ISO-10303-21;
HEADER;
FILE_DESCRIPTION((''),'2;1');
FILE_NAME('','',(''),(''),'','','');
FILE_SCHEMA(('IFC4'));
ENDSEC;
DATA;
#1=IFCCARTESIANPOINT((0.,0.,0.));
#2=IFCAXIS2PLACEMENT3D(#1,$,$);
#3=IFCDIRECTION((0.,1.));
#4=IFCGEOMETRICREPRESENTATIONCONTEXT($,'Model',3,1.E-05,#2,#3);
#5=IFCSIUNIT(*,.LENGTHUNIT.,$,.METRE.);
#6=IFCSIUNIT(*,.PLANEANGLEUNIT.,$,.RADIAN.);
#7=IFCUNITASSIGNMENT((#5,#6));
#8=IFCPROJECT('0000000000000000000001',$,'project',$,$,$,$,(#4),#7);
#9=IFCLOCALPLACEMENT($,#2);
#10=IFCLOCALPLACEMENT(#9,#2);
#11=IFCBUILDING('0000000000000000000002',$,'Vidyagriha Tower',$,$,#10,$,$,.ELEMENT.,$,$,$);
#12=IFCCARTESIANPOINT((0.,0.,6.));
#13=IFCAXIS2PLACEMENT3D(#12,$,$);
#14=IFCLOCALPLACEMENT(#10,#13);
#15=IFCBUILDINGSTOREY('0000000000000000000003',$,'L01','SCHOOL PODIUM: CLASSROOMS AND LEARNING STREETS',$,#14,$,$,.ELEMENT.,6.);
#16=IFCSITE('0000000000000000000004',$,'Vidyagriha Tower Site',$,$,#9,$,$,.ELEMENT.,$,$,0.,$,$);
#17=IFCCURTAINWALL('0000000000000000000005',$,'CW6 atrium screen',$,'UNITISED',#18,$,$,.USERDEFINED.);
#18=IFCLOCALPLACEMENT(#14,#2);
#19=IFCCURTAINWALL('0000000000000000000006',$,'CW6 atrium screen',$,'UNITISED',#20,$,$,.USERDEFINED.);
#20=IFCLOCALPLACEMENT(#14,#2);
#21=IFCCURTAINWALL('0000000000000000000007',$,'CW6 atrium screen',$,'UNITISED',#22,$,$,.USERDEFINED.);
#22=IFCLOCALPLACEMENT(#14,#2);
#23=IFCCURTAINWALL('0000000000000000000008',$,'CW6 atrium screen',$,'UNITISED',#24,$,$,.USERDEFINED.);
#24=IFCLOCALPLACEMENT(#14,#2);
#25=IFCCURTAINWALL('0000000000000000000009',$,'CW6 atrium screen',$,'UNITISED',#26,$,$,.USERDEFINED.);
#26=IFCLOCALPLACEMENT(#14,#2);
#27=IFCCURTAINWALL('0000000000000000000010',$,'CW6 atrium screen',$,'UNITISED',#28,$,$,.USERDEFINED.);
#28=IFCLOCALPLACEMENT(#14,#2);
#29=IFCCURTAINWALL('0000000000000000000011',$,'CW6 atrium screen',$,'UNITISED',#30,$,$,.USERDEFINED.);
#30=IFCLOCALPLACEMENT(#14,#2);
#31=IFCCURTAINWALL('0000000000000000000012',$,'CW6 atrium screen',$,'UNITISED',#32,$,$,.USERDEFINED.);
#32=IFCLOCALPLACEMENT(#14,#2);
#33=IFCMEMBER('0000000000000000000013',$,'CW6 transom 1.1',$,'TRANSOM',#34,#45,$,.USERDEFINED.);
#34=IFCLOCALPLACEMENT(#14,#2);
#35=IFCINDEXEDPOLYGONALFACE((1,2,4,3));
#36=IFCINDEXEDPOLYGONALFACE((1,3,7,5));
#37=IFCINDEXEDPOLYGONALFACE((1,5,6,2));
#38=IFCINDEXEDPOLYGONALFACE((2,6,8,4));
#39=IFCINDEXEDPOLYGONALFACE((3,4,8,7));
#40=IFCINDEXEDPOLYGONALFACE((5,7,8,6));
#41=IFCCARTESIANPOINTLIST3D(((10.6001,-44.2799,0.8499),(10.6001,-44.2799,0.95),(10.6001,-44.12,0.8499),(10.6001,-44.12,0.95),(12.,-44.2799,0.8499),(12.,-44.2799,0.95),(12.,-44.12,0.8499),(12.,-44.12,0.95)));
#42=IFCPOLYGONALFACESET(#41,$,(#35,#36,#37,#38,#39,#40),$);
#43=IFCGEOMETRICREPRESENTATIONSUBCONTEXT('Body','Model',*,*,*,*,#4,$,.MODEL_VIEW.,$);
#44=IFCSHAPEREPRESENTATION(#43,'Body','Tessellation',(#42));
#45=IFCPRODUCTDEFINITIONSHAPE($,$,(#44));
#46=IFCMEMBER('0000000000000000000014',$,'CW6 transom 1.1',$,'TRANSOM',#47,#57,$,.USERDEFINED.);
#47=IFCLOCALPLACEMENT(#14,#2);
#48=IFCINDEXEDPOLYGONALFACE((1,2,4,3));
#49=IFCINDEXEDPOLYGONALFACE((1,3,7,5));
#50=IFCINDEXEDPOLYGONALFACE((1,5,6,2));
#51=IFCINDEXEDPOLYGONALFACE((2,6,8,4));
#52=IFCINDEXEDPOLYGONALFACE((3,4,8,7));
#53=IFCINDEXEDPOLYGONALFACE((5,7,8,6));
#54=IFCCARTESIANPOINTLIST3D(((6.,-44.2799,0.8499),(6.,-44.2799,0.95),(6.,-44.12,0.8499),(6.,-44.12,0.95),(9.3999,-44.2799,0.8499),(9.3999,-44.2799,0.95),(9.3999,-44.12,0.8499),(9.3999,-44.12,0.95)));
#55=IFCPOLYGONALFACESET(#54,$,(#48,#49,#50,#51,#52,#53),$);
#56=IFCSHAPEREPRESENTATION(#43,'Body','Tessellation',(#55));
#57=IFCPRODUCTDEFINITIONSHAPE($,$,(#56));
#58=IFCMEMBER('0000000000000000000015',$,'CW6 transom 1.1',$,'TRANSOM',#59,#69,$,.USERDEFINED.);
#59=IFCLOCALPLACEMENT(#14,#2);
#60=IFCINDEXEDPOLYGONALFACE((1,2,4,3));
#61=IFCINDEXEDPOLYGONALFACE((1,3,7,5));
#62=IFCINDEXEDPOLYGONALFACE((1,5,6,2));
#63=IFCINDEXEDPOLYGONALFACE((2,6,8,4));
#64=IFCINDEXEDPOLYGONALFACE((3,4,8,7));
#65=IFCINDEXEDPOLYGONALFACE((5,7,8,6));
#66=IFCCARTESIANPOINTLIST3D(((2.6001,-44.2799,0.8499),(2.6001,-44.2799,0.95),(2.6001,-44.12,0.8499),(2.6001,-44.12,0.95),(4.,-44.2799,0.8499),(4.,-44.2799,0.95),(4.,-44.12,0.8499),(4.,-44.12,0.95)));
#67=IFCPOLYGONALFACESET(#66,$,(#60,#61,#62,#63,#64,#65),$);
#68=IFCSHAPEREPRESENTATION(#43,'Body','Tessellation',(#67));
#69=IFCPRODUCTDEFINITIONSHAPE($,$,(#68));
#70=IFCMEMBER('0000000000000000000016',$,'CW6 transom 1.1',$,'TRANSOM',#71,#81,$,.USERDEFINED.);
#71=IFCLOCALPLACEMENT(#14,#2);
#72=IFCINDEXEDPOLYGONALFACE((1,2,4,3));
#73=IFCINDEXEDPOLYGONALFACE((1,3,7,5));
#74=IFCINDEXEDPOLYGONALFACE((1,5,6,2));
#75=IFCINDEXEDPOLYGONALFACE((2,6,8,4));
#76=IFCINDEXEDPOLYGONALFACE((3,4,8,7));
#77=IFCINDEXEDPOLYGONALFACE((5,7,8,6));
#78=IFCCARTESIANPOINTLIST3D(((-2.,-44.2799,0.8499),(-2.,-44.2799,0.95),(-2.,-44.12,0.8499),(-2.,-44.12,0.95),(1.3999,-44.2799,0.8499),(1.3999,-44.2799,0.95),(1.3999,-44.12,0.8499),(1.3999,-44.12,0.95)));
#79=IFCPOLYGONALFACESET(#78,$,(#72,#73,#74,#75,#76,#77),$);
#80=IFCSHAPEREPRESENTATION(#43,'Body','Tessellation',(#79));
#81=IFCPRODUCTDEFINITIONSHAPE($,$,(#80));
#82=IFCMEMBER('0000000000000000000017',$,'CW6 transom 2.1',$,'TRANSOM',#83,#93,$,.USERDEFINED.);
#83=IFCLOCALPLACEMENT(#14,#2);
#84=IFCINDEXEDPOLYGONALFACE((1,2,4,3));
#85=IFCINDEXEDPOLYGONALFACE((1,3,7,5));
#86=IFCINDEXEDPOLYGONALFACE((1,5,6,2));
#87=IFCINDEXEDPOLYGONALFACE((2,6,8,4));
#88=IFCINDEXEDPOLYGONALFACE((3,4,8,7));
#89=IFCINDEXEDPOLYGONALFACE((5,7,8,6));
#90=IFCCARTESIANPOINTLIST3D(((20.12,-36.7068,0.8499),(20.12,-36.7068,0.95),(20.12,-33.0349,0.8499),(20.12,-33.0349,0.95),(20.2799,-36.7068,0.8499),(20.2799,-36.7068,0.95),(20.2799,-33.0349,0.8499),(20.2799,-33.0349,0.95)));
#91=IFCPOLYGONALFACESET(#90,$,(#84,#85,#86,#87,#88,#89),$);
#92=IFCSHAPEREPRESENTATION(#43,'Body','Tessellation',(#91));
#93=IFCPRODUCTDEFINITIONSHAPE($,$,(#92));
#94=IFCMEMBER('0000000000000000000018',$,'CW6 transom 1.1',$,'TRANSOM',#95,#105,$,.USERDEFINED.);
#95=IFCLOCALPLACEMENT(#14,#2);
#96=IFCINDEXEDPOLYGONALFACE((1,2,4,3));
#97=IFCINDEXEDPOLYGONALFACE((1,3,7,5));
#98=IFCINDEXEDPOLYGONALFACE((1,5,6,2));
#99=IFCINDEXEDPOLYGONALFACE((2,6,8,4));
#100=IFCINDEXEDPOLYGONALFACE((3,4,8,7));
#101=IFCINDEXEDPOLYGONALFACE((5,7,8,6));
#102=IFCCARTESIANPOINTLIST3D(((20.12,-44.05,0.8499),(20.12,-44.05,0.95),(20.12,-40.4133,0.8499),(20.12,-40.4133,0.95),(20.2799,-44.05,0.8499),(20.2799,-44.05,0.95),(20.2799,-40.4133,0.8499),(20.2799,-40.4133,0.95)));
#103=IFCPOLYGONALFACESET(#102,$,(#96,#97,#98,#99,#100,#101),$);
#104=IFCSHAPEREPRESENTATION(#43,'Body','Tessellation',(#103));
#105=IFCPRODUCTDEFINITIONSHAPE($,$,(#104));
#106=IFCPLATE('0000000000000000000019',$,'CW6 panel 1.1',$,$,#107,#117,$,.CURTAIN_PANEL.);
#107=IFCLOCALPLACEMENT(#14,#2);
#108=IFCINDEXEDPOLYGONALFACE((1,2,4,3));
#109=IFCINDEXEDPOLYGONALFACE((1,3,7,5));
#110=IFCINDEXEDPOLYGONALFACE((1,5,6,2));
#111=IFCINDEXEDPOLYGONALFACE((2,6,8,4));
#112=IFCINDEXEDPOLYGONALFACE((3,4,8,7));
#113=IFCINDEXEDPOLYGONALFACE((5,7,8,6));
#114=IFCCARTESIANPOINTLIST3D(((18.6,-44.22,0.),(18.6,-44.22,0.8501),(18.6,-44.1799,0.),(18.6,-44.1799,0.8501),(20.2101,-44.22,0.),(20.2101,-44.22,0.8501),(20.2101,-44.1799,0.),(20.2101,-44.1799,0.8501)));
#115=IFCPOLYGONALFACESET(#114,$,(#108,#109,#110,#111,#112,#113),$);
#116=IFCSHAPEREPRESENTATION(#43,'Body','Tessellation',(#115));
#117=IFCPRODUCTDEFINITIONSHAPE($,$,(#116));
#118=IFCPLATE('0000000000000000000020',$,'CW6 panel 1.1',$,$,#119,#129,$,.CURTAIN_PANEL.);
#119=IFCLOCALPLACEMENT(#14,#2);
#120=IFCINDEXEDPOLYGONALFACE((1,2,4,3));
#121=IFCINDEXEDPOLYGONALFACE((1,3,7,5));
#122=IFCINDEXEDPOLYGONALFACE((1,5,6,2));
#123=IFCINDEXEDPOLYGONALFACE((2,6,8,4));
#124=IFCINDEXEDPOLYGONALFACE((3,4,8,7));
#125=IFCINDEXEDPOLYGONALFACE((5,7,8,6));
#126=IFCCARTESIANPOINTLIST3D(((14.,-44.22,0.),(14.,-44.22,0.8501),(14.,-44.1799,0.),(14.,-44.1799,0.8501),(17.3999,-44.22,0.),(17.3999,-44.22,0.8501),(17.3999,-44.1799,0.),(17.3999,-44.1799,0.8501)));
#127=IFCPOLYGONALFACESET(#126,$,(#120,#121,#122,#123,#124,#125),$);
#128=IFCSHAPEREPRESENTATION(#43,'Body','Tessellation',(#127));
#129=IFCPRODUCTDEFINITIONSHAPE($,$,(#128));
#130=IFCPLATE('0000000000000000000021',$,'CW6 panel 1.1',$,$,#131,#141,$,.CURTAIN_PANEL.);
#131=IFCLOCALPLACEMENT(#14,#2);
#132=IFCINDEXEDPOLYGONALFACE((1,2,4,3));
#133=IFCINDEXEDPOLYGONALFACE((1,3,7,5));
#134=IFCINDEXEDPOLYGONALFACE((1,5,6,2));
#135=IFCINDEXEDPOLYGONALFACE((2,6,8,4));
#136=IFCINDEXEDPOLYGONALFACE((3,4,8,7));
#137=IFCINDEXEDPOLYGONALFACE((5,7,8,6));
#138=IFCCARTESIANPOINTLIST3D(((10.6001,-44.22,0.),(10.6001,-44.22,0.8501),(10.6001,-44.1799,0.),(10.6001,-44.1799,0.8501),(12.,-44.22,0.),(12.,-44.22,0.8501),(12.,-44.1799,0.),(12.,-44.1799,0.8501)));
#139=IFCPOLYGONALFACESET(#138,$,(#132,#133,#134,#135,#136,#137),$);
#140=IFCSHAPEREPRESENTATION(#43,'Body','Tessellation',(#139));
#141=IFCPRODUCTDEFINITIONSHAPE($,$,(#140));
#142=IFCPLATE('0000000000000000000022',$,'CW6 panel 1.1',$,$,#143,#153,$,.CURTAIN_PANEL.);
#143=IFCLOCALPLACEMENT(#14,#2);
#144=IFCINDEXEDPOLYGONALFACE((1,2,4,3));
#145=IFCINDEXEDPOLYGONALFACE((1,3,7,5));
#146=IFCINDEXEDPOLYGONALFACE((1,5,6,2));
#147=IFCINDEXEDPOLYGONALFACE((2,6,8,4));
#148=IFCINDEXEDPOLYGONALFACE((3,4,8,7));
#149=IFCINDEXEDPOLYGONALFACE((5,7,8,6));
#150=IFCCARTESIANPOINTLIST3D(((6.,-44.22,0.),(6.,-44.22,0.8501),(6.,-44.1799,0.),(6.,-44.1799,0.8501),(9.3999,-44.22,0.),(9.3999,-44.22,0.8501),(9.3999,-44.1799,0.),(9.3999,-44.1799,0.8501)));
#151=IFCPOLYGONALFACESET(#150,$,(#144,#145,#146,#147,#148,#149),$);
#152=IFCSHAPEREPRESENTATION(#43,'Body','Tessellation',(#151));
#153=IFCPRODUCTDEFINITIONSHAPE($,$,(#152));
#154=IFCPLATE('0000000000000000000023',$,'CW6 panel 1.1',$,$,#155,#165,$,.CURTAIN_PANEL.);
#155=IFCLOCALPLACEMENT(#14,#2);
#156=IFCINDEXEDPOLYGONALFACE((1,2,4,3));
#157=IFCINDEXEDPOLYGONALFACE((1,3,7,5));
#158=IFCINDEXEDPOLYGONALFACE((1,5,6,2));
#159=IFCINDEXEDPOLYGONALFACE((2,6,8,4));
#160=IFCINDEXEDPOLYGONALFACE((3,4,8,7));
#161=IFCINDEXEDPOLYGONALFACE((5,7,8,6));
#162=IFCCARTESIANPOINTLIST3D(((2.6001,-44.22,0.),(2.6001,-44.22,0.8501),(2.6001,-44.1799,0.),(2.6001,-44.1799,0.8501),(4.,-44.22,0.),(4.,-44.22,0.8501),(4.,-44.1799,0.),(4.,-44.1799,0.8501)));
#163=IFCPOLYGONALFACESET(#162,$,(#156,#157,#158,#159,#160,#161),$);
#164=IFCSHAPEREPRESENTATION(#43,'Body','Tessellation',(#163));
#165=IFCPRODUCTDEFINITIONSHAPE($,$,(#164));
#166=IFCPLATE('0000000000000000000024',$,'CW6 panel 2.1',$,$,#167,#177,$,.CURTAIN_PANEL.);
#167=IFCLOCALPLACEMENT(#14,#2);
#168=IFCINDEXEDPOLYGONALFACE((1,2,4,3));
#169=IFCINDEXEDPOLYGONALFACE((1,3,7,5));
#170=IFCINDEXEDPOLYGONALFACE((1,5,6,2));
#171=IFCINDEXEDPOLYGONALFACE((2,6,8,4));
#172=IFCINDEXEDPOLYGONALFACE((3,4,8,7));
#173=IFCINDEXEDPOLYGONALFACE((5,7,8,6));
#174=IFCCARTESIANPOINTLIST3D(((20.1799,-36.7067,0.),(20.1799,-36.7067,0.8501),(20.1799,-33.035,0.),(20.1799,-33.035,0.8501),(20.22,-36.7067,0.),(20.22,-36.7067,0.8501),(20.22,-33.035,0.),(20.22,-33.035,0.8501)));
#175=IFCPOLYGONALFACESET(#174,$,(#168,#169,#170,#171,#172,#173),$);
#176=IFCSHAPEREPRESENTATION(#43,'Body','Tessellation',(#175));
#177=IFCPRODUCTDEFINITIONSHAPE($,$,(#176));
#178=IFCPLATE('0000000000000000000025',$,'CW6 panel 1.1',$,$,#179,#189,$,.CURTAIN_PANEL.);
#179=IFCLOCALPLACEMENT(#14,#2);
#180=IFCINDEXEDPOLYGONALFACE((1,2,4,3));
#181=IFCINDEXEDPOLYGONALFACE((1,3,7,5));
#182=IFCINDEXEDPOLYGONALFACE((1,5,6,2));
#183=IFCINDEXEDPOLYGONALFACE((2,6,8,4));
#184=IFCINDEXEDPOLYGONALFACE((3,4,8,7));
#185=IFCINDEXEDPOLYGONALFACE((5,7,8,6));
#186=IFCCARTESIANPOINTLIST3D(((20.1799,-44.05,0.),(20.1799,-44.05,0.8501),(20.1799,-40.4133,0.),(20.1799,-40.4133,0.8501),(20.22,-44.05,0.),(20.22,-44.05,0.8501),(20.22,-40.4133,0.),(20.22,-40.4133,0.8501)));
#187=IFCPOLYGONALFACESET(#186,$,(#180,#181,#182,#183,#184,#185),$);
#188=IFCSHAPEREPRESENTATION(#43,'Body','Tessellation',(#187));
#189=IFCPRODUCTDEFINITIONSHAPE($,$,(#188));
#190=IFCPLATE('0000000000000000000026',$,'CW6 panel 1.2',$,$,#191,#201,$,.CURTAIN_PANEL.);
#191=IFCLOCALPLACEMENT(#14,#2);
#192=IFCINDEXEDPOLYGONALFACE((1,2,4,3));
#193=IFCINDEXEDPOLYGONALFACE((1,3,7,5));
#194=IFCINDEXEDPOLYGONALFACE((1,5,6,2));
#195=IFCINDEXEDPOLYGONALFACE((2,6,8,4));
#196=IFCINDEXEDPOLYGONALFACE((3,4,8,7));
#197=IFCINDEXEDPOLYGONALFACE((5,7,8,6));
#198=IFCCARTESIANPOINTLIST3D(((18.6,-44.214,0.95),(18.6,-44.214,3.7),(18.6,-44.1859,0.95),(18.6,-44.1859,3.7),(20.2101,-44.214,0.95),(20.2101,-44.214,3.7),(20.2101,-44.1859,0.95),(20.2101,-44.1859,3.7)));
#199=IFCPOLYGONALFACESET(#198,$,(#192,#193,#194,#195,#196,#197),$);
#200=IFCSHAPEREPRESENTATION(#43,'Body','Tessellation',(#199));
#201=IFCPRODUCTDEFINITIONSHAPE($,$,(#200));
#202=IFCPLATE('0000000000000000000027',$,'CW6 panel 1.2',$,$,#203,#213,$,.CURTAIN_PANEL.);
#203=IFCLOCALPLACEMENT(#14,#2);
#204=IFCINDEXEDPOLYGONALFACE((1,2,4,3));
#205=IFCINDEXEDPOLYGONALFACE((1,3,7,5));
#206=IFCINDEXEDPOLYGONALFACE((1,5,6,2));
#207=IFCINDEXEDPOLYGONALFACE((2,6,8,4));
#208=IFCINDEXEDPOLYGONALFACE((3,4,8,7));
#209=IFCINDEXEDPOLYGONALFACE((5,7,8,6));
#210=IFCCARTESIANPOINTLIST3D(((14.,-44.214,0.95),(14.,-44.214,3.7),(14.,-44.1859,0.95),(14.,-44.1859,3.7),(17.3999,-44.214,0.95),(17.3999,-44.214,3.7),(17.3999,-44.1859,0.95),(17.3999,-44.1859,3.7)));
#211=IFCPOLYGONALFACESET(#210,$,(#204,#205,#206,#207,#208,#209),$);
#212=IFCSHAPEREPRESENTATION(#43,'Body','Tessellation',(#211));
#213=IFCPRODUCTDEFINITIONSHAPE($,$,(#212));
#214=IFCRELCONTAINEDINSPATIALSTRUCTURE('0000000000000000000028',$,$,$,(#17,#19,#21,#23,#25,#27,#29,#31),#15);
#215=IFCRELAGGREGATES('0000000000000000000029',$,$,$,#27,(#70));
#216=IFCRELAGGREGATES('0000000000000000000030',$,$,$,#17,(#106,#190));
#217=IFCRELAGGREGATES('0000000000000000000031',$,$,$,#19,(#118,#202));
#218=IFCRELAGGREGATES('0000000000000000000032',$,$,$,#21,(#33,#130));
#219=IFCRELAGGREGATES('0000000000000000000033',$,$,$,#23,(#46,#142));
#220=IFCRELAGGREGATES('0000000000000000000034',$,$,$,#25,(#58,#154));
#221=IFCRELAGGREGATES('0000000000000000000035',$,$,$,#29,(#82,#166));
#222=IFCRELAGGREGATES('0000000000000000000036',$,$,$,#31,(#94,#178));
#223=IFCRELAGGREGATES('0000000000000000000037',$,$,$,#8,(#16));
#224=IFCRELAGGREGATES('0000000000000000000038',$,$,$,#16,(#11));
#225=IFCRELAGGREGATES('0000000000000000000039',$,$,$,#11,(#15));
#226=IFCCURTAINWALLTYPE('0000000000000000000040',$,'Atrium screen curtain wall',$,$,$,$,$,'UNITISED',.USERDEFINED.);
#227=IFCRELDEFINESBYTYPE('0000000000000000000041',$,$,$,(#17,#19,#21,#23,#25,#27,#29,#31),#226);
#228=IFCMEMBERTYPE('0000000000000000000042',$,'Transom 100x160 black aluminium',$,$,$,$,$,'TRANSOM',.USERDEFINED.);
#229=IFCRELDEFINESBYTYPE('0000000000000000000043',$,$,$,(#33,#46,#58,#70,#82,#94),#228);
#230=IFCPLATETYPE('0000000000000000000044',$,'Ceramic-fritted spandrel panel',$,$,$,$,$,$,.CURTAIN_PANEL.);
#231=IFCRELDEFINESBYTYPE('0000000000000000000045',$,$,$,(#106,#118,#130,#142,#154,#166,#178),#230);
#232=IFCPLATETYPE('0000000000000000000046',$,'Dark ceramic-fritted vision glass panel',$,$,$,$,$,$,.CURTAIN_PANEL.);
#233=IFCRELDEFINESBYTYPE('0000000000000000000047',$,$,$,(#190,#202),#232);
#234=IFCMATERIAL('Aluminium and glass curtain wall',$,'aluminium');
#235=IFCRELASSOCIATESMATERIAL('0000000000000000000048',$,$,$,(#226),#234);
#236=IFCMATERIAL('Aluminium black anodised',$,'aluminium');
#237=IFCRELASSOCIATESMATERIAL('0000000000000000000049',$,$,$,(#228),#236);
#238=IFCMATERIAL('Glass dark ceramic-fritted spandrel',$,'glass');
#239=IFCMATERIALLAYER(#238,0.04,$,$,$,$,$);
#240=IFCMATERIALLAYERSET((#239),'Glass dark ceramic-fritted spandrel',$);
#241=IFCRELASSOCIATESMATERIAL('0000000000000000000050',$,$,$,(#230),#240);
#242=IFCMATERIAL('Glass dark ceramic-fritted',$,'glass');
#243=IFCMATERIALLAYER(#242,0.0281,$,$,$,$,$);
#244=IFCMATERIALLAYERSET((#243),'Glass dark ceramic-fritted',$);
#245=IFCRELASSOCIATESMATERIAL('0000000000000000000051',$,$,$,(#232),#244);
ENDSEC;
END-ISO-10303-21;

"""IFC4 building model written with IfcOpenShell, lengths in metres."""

from ifc_helpers import new_model, si_unit, direction, frame, origin, origin_2d, place, context, subcontext, project, spatial, rectangle, extrude, material, layer, layer_set, material_profile, profile_set, type_object, element, aggregate, save


model = new_model("IFC4")

# Units and contexts
model_context = context("Model", 3, precision=1e-05, world=origin(), true_north=direction((0.0, 1.0)))
body_context = subcontext(model_context, "Body", "Model", "MODEL_VIEW")
ifc_project = project(units=[si_unit("LENGTHUNIT", "METRE"), si_unit("PLANEANGLEUNIT", "RADIAN")], contexts=[model_context])

# Site, building, storey
site_placement = place(None, origin())
site = spatial("IfcSite", under=ifc_project, at=site_placement, Name="Vidyagriha Tower Site", CompositionType="ELEMENT", RefElevation=0.0)
building_placement = place(site_placement, origin())
building = spatial("IfcBuilding", under=site, at=building_placement, Name="Vidyagriha Tower", CompositionType="ELEMENT")
storey_placement = place(building_placement, frame((0.0, 0.0, 6.0)))
storey = spatial("IfcBuildingStorey", under=building, at=storey_placement, Name="L01", Description="SCHOOL PODIUM: CLASSROOMS AND LEARNING STREETS", CompositionType="ELEMENT", Elevation=6.0)

# Curtain walls
ifc_material_1 = material(Name="Aluminium and glass curtain wall", Category="aluminium")
curtain_wall_type = type_object("IfcCurtainWallType", Name="Atrium screen curtain wall", ElementType="UNITISED", PredefinedType="USERDEFINED", material=ifc_material_1)
curtain_wall_1_placement = place(storey_placement, origin())
curtain_wall_1 = element("IfcCurtainWall", 1, at=curtain_wall_1_placement, inside=storey, type_object=curtain_wall_type, Name="CW6 atrium screen", ObjectType="UNITISED", PredefinedType="USERDEFINED")
curtain_wall_2_placement = place(storey_placement, origin())
curtain_wall_2 = element("IfcCurtainWall", 2, at=curtain_wall_2_placement, inside=storey, type_object=curtain_wall_type, Name="CW6 atrium screen", ObjectType="UNITISED", PredefinedType="USERDEFINED")
curtain_wall_3_placement = place(storey_placement, origin())
curtain_wall_3 = element("IfcCurtainWall", 3, at=curtain_wall_3_placement, inside=storey, type_object=curtain_wall_type, Name="CW6 atrium screen", ObjectType="UNITISED", PredefinedType="USERDEFINED")
curtain_wall_4_placement = place(storey_placement, origin())
curtain_wall_4 = element("IfcCurtainWall", 4, at=curtain_wall_4_placement, inside=storey, type_object=curtain_wall_type, Name="CW6 atrium screen", ObjectType="UNITISED", PredefinedType="USERDEFINED")
curtain_wall_5_placement = place(storey_placement, origin())
curtain_wall_5 = element("IfcCurtainWall", 5, at=curtain_wall_5_placement, inside=storey, type_object=curtain_wall_type, Name="CW6 atrium screen", ObjectType="UNITISED", PredefinedType="USERDEFINED")
curtain_wall_6_placement = place(storey_placement, origin())
curtain_wall_6 = element("IfcCurtainWall", 6, at=curtain_wall_6_placement, inside=storey, type_object=curtain_wall_type, Name="CW6 atrium screen", ObjectType="UNITISED", PredefinedType="USERDEFINED")
curtain_wall_7_placement = place(storey_placement, origin())
curtain_wall_7 = element("IfcCurtainWall", 7, at=curtain_wall_7_placement, inside=storey, type_object=curtain_wall_type, Name="CW6 atrium screen", ObjectType="UNITISED", PredefinedType="USERDEFINED")
curtain_wall_8_placement = place(storey_placement, origin())
curtain_wall_8 = element("IfcCurtainWall", 8, at=curtain_wall_8_placement, inside=storey, type_object=curtain_wall_type, Name="CW6 atrium screen", ObjectType="UNITISED", PredefinedType="USERDEFINED")

# Members
ifc_material_2 = material(Name="Aluminium black anodised", Category="aluminium")
ifc_material_profile_1 = material_profile(ifc_material_2, rectangle(XDim=0.1599, YDim=0.1001, at=origin_2d()), Name="Transom 100x160 black aluminium")
ifc_profile_set_1 = profile_set([ifc_material_profile_1], Name="Aluminium black anodised")
member_type_1 = type_object("IfcMemberType", Name="Transom 100x160 black aluminium", ElementType="TRANSOM", PredefinedType="USERDEFINED", material=ifc_profile_set_1)
member_1_placement = place(storey_placement, frame((12.0, -44.2, 0.8999), z_axis=(-1.0, 0.0, 0.0), x_axis=(0.0, -1.0, 0.0)))
member_1 = element("IfcMember", 9, at=member_1_placement, type_object=member_type_1, Name="CW6 transom 1.1", ObjectType="TRANSOM", PredefinedType="USERDEFINED", context=body_context, shape_type="SweptSolid", body=[
    extrude(rectangle(XDim=0.1599, YDim=0.1001, at=origin_2d()), origin(), (0.0, 0.0, 1.0), 1.3999),
])
member_2_placement = place(storey_placement, frame((9.3999, -44.2, 0.8999), z_axis=(-1.0, 0.0, 0.0), x_axis=(0.0, -1.0, 0.0)))
member_2 = element("IfcMember", 10, at=member_2_placement, type_object=member_type_1, Name="CW6 transom 1.1", ObjectType="TRANSOM", PredefinedType="USERDEFINED", context=body_context, shape_type="SweptSolid", body=[
    extrude(rectangle(XDim=0.1599, YDim=0.1001, at=origin_2d()), origin(), (0.0, 0.0, 1.0), 3.3999),
])
member_3_placement = place(storey_placement, frame((4.0, -44.2, 0.8999), z_axis=(-1.0, 0.0, 0.0), x_axis=(0.0, -1.0, 0.0)))
member_3 = element("IfcMember", 11, at=member_3_placement, type_object=member_type_1, Name="CW6 transom 1.1", ObjectType="TRANSOM", PredefinedType="USERDEFINED", context=body_context, shape_type="SweptSolid", body=[
    extrude(rectangle(XDim=0.1599, YDim=0.1001, at=origin_2d()), origin(), (0.0, 0.0, 1.0), 1.3999),
])
member_4_placement = place(storey_placement, frame((1.3999, -44.2, 0.8999), z_axis=(-1.0, 0.0, 0.0), x_axis=(0.0, -1.0, 0.0)))
member_4 = element("IfcMember", 12, at=member_4_placement, type_object=member_type_1, Name="CW6 transom 1.1", ObjectType="TRANSOM", PredefinedType="USERDEFINED", context=body_context, shape_type="SweptSolid", body=[
    extrude(rectangle(XDim=0.1599, YDim=0.1001, at=origin_2d()), origin(), (0.0, 0.0, 1.0), 3.3999),
])
aggregate(curtain_wall_6, [member_4])
member_5_placement = place(storey_placement, frame((20.2, -33.0349, 0.8999), z_axis=(0.0, -1.0, 0.0), x_axis=(1.0, 0.0, 0.0)))
member_5 = element("IfcMember", 13, at=member_5_placement, type_object=member_type_1, Name="CW6 transom 2.1", ObjectType="TRANSOM", PredefinedType="USERDEFINED", context=body_context, shape_type="SweptSolid", body=[
    extrude(rectangle(XDim=0.1599, YDim=0.1001, at=origin_2d()), origin(), (0.0, 0.0, 1.0), 3.6719),
])
member_6_placement = place(storey_placement, frame((20.2, -40.4133, 0.8999), z_axis=(0.0, -1.0, 0.0), x_axis=(1.0, 0.0, 0.0)))
member_6 = element("IfcMember", 14, at=member_6_placement, type_object=member_type_1, Name="CW6 transom 1.1", ObjectType="TRANSOM", PredefinedType="USERDEFINED", context=body_context, shape_type="SweptSolid", body=[
    extrude(rectangle(XDim=0.1599, YDim=0.1001, at=origin_2d()), origin(), (0.0, 0.0, 1.0), 3.6367),
])

# Plates
ifc_material_3 = material(Name="Glass dark ceramic-fritted spandrel", Category="glass")
ifc_layer_1 = layer(ifc_material_3, 0.04)
ifc_layer_set_1 = layer_set([ifc_layer_1], Name="Glass dark ceramic-fritted spandrel")
plate_type_1 = type_object("IfcPlateType", Name="Ceramic-fritted spandrel panel", PredefinedType="CURTAIN_PANEL", material=ifc_layer_set_1)
plate_1_placement = place(storey_placement, frame((19.405, -44.2, 0.0), z_axis=(0.0, 0.0, 1.0), x_axis=(-1.0, 0.0, 0.0)))
plate_1 = element("IfcPlate", 15, at=plate_1_placement, type_object=plate_type_1, Name="CW6 panel 1.1", PredefinedType="CURTAIN_PANEL", context=body_context, shape_type="SweptSolid", body=[
    extrude(rectangle(XDim=1.6101, YDim=0.04, at=origin_2d()), origin(), (0.0, 0.0, 1.0), 0.8501),
])
plate_2_placement = place(storey_placement, frame((15.7, -44.2, 0.0), z_axis=(0.0, 0.0, 1.0), x_axis=(-1.0, 0.0, 0.0)))
plate_2 = element("IfcPlate", 16, at=plate_2_placement, type_object=plate_type_1, Name="CW6 panel 1.1", PredefinedType="CURTAIN_PANEL", context=body_context, shape_type="SweptSolid", body=[
    extrude(rectangle(XDim=3.3999, YDim=0.04, at=origin_2d()), origin(), (0.0, 0.0, 1.0), 0.8501),
])
plate_3_placement = place(storey_placement, frame((11.3, -44.2, 0.0), z_axis=(0.0, 0.0, 1.0), x_axis=(-1.0, 0.0, 0.0)))
plate_3 = element("IfcPlate", 17, at=plate_3_placement, type_object=plate_type_1, Name="CW6 panel 1.1", PredefinedType="CURTAIN_PANEL", context=body_context, shape_type="SweptSolid", body=[
    extrude(rectangle(XDim=1.3999, YDim=0.04, at=origin_2d()), origin(), (0.0, 0.0, 1.0), 0.8501),
])
plate_4_placement = place(storey_placement, frame((7.7, -44.2, 0.0), z_axis=(0.0, 0.0, 1.0), x_axis=(-1.0, 0.0, 0.0)))
plate_4 = element("IfcPlate", 18, at=plate_4_placement, type_object=plate_type_1, Name="CW6 panel 1.1", PredefinedType="CURTAIN_PANEL", context=body_context, shape_type="SweptSolid", body=[
    extrude(rectangle(XDim=3.3999, YDim=0.04, at=origin_2d()), origin(), (0.0, 0.0, 1.0), 0.8501),
])
plate_5_placement = place(storey_placement, frame((3.3, -44.2, 0.0), z_axis=(0.0, 0.0, 1.0), x_axis=(-1.0, 0.0, 0.0)))
plate_5 = element("IfcPlate", 19, at=plate_5_placement, type_object=plate_type_1, Name="CW6 panel 1.1", PredefinedType="CURTAIN_PANEL", context=body_context, shape_type="SweptSolid", body=[
    extrude(rectangle(XDim=1.3999, YDim=0.04, at=origin_2d()), origin(), (0.0, 0.0, 1.0), 0.8501),
])
plate_6_placement = place(storey_placement, frame((20.2, -34.8708, 0.0), z_axis=(0.0, 0.0, 1.0), x_axis=(0.0, -1.0, 0.0)))
plate_6 = element("IfcPlate", 20, at=plate_6_placement, type_object=plate_type_1, Name="CW6 panel 2.1", PredefinedType="CURTAIN_PANEL", context=body_context, shape_type="SweptSolid", body=[
    extrude(rectangle(XDim=3.6716, YDim=0.04, at=origin_2d()), origin(), (0.0, 0.0, 1.0), 0.8501),
])
plate_7_placement = place(storey_placement, frame((20.2, -42.2317, 0.0), z_axis=(0.0, 0.0, 1.0), x_axis=(0.0, -1.0, 0.0)))
plate_7 = element("IfcPlate", 21, at=plate_7_placement, type_object=plate_type_1, Name="CW6 panel 1.1", PredefinedType="CURTAIN_PANEL", context=body_context, shape_type="SweptSolid", body=[
    extrude(rectangle(XDim=3.6367, YDim=0.04, at=origin_2d()), origin(), (0.0, 0.0, 1.0), 0.8501),
])
ifc_material_4 = material(Name="Glass dark ceramic-fritted", Category="glass")
ifc_layer_2 = layer(ifc_material_4, 0.0281)
ifc_layer_set_2 = layer_set([ifc_layer_2], Name="Glass dark ceramic-fritted")
plate_type_2 = type_object("IfcPlateType", Name="Dark ceramic-fritted vision glass panel", PredefinedType="CURTAIN_PANEL", material=ifc_layer_set_2)
plate_8_placement = place(storey_placement, frame((19.405, -44.2, 0.95), z_axis=(0.0, 0.0, 1.0), x_axis=(-1.0, 0.0, 0.0)))
plate_8 = element("IfcPlate", 22, at=plate_8_placement, type_object=plate_type_2, Name="CW6 panel 1.2", PredefinedType="CURTAIN_PANEL", context=body_context, shape_type="SweptSolid", body=[
    extrude(rectangle(XDim=1.6101, YDim=0.0281, at=origin_2d()), origin(), (0.0, 0.0, 1.0), 2.75),
])
aggregate(curtain_wall_1, [plate_1, plate_8])
plate_9_placement = place(storey_placement, frame((15.7, -44.2, 0.95), z_axis=(0.0, 0.0, 1.0), x_axis=(-1.0, 0.0, 0.0)))
plate_9 = element("IfcPlate", 23, at=plate_9_placement, type_object=plate_type_2, Name="CW6 panel 1.2", PredefinedType="CURTAIN_PANEL", context=body_context, shape_type="SweptSolid", body=[
    extrude(rectangle(XDim=3.3999, YDim=0.0281, at=origin_2d()), origin(), (0.0, 0.0, 1.0), 2.75),
])
aggregate(curtain_wall_2, [plate_2, plate_9])
aggregate(curtain_wall_3, [member_1, plate_3])
aggregate(curtain_wall_4, [member_2, plate_4])
aggregate(curtain_wall_5, [member_3, plate_5])
aggregate(curtain_wall_7, [member_5, plate_6])
aggregate(curtain_wall_8, [member_6, plate_7])

save(model, "model.ifc")
